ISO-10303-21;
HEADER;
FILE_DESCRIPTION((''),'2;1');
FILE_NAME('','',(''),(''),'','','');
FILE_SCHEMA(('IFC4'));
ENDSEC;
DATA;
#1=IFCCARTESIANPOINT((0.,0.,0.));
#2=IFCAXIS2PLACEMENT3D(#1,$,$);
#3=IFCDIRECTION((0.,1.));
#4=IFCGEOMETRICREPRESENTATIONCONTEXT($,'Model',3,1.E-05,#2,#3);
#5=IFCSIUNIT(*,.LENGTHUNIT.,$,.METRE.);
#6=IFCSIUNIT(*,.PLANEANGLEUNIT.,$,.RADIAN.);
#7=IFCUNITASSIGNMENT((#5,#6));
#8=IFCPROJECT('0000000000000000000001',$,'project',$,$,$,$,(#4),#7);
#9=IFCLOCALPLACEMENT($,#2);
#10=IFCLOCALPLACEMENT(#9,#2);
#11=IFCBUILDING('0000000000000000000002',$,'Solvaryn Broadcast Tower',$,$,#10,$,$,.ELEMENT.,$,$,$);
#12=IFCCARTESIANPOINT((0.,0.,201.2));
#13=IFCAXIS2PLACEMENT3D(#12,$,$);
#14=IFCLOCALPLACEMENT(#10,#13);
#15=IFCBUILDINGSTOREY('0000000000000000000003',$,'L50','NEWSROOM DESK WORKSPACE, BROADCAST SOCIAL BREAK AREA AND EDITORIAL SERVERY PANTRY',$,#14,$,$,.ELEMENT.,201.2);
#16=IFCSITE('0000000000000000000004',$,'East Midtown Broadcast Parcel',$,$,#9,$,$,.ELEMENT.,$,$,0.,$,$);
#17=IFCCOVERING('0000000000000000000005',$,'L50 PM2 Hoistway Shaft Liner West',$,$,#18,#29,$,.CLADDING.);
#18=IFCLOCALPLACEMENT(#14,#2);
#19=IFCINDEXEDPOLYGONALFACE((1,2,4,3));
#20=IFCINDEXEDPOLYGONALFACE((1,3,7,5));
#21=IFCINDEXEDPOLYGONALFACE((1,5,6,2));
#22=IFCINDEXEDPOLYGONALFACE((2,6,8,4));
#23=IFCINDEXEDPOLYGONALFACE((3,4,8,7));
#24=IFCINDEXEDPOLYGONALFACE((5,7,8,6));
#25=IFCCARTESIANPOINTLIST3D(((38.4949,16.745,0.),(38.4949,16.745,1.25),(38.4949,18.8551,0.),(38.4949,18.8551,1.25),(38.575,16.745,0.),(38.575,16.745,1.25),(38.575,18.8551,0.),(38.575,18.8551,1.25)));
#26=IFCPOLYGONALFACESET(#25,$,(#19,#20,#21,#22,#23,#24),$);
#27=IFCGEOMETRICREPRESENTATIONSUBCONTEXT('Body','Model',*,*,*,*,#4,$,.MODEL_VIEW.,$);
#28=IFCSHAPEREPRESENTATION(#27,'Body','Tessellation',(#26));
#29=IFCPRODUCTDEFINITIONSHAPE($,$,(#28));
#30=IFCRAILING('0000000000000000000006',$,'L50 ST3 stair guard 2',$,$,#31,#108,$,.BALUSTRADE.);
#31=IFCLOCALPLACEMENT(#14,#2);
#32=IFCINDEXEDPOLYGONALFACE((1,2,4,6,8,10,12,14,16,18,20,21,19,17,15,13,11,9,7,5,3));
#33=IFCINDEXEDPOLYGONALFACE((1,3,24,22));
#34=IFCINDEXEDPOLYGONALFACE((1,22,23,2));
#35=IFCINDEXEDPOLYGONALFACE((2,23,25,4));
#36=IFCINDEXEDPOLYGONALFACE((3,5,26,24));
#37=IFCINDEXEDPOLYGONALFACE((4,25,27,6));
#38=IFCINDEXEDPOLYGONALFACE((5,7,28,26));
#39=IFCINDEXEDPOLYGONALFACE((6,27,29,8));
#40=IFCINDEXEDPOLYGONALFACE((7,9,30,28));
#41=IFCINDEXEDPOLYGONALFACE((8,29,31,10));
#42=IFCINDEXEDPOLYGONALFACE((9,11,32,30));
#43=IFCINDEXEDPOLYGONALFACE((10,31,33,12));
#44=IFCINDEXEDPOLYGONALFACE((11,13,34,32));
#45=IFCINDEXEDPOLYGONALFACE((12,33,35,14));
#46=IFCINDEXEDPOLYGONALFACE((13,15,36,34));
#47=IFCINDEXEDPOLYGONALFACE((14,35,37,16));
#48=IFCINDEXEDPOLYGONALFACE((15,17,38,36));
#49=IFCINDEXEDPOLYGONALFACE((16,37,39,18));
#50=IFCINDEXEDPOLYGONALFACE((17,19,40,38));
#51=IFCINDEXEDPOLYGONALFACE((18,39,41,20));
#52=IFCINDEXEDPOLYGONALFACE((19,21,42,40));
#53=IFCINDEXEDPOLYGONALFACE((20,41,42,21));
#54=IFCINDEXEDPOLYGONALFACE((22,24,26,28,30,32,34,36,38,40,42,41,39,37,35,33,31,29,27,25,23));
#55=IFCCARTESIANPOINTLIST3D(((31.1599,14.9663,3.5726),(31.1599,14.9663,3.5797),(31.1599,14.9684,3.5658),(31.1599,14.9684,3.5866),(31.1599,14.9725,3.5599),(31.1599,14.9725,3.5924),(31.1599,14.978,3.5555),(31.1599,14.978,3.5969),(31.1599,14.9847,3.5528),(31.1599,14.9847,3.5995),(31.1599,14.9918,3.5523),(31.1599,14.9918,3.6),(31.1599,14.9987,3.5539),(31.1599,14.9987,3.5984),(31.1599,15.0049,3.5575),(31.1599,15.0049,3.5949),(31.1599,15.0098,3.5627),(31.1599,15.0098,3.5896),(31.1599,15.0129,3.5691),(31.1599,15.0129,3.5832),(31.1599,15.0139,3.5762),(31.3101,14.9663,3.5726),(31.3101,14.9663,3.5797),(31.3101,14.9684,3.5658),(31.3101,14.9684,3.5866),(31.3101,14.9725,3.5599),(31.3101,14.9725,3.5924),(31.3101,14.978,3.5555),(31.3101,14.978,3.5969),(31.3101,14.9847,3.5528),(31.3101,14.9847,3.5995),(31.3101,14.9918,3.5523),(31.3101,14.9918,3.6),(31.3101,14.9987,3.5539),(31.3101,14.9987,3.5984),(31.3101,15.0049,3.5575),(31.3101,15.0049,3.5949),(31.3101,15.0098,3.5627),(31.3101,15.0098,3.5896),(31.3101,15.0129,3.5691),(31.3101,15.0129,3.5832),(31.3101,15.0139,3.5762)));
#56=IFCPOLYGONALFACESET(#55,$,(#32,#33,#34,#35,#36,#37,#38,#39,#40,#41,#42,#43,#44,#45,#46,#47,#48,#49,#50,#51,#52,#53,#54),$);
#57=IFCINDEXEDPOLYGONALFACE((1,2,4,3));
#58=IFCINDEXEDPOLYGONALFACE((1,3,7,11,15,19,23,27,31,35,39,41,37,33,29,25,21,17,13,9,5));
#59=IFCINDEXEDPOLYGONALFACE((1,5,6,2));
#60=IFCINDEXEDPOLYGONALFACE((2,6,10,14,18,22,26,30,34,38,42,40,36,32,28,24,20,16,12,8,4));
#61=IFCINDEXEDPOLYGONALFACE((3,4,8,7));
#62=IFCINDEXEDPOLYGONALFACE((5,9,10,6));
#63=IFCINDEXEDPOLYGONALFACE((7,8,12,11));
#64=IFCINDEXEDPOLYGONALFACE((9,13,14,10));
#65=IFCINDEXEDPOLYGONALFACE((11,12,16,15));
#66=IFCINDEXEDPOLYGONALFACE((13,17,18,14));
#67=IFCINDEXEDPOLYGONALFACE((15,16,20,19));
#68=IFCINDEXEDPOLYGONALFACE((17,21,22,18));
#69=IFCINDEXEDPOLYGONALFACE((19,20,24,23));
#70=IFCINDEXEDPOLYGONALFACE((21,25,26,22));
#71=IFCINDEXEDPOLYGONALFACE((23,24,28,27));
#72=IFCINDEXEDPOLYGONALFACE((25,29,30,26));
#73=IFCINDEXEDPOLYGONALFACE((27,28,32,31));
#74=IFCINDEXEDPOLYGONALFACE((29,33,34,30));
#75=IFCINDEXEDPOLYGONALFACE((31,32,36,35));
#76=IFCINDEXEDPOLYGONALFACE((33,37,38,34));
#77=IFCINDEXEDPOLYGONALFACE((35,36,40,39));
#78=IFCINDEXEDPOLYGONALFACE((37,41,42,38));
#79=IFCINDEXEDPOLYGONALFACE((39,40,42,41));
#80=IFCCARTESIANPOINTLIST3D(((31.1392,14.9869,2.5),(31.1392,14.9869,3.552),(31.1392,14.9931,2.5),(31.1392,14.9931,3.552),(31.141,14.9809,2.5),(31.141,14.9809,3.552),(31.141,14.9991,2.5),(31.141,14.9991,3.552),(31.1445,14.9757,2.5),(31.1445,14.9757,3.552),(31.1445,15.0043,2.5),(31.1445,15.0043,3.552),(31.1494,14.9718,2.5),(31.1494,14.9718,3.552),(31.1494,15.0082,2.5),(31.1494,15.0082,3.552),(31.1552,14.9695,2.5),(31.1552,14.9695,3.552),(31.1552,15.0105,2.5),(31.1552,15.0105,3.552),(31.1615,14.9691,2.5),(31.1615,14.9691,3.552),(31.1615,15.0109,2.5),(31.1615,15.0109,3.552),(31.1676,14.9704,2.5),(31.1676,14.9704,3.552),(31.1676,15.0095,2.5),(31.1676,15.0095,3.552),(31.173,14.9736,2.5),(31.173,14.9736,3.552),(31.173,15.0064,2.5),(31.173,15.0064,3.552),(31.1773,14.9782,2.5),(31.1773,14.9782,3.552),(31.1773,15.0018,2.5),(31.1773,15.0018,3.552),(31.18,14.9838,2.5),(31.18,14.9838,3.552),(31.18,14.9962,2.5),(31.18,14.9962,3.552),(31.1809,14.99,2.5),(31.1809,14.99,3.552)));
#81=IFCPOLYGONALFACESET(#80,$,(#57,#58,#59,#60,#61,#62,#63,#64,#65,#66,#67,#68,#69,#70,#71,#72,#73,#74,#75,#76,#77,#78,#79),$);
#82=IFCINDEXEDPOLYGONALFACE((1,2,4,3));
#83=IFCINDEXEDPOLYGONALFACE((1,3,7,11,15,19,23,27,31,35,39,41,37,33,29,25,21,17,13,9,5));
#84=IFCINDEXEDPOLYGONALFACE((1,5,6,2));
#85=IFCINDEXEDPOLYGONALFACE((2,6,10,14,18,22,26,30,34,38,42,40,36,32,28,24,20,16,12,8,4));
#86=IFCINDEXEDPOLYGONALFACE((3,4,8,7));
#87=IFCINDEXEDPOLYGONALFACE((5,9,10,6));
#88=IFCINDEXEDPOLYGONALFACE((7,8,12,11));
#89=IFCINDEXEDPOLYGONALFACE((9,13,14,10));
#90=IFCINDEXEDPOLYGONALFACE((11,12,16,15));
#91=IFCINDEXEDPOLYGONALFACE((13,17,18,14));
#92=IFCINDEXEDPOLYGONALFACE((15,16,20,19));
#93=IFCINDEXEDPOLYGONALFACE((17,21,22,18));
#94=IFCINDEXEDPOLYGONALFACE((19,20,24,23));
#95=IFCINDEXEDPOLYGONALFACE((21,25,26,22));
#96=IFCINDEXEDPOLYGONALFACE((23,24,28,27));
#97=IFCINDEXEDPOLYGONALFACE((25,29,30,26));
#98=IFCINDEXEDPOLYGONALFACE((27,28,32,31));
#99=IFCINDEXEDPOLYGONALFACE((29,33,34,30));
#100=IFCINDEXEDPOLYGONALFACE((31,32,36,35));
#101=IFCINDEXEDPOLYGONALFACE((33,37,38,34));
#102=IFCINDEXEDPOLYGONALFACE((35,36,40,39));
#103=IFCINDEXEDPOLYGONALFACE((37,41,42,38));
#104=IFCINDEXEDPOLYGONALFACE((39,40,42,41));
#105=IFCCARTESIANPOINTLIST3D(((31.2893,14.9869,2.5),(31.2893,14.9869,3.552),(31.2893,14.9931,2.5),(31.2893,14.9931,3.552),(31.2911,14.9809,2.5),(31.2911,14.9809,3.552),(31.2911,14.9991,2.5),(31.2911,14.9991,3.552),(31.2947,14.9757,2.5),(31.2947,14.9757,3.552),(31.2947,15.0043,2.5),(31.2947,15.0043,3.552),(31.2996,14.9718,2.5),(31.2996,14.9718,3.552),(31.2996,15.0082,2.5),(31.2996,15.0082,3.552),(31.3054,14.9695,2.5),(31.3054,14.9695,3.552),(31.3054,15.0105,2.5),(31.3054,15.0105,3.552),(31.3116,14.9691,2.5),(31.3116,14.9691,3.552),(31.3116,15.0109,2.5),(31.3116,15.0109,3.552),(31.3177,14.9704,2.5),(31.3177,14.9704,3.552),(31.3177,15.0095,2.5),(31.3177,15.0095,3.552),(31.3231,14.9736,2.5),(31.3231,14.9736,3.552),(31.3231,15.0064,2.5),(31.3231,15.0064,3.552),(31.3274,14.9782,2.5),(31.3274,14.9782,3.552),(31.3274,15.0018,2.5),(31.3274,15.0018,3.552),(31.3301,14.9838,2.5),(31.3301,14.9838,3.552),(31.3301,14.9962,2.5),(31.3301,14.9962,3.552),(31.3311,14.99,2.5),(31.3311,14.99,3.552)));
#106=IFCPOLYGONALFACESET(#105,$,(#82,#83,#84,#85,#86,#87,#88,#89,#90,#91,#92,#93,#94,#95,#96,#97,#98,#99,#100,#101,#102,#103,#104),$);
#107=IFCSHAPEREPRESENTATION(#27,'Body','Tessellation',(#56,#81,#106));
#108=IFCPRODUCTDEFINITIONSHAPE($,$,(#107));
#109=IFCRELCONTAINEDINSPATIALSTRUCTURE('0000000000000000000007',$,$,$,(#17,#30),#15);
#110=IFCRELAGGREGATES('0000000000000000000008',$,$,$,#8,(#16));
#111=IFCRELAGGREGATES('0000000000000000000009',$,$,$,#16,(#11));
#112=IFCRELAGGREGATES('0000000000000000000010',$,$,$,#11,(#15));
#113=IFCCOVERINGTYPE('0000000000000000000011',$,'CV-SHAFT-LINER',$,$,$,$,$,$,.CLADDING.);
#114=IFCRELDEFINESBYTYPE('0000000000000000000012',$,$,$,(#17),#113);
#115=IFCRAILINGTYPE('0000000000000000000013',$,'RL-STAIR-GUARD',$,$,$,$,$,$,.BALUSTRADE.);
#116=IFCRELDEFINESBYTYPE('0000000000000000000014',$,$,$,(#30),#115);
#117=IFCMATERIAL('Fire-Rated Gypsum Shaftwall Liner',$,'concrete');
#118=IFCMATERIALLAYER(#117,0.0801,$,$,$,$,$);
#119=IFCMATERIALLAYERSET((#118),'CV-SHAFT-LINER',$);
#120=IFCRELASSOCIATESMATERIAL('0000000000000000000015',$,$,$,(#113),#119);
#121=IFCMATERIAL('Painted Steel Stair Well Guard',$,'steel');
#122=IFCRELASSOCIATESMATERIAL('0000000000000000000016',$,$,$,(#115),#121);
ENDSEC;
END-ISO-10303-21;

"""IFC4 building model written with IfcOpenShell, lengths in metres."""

from ifc_helpers import new_model, si_unit, direction, frame, origin, origin_2d, place, context, subcontext, project, spatial, rectangle, circle, extrude, material, layer, layer_set, type_object, element, save


model = new_model("IFC4")

# Units and contexts
model_context = context("Model", 3, precision=1e-05, world=origin(), true_north=direction((0.0, 1.0)))
body_context = subcontext(model_context, "Body", "Model", "MODEL_VIEW")
ifc_project = project(units=[si_unit("LENGTHUNIT", "METRE"), si_unit("PLANEANGLEUNIT", "RADIAN")], contexts=[model_context])

# Site, building, storey
site_placement = place(None, origin())
site = spatial("IfcSite", under=ifc_project, at=site_placement, Name="East Midtown Broadcast Parcel", CompositionType="ELEMENT", RefElevation=0.0)
building_placement = place(site_placement, origin())
building = spatial("IfcBuilding", under=site, at=building_placement, Name="Solvaryn Broadcast Tower", CompositionType="ELEMENT")
storey_placement = place(building_placement, frame((0.0, 0.0, 201.2)))
storey = spatial("IfcBuildingStorey", under=building, at=storey_placement, Name="L50", Description="NEWSROOM DESK WORKSPACE, BROADCAST SOCIAL BREAK AREA AND EDITORIAL SERVERY PANTRY", CompositionType="ELEMENT", Elevation=201.2)

# Covering
ifc_material_1 = material(Name="Fire-Rated Gypsum Shaftwall Liner", Category="concrete")
ifc_layer_1 = layer(ifc_material_1, 0.0801)
ifc_layer_set_1 = layer_set([ifc_layer_1], Name="CV-SHAFT-LINER")
covering_type = type_object("IfcCoveringType", Name="CV-SHAFT-LINER", PredefinedType="CLADDING", material=ifc_layer_set_1)
covering_1_placement = place(storey_placement, frame((38.5349, 17.8, 0.0), z_axis=(0.0, 0.0, 1.0), x_axis=(1.0, 0.0, 0.0)))
element("IfcCovering", 1, at=covering_1_placement, inside=storey, type_object=covering_type, Name="L50 PM2 Hoistway Shaft Liner West", PredefinedType="CLADDING", context=body_context, shape_type="SweptSolid", body=[
    extrude(rectangle(XDim=0.0801, YDim=2.1101, at=origin_2d()), origin(), (0.0, 0.0, 1.0), 1.25),
])

# Railing
ifc_material_2 = material(Name="Painted Steel Stair Well Guard", Category="steel")
railing_type_1 = type_object("IfcRailingType", Name="RL-STAIR-GUARD", PredefinedType="BALUSTRADE", material=ifc_material_2)
railing_1_placement = place(storey_placement, frame((31.1599, 14.99, 2.5)))
element("IfcRailing", 2, at=railing_1_placement, inside=storey, type_object=railing_type_1, Name="L50 ST3 stair guard 2", PredefinedType="BALUSTRADE", context=body_context, shape_type="SweptSolid", body=[
    extrude(circle(Radius=0.0239, at=origin_2d()), frame((0.0, 0.0, 1.0762), z_axis=(1.0, 0.0, 0.0), x_axis=(0.0, 1.0, 0.0)), (0.0, 0.0, 1.0), 0.1501),
    extrude(circle(Radius=0.021, at=origin_2d()), origin(), (0.0, 0.0, 1.0), 1.052),
    extrude(circle(Radius=0.021, at=origin_2d()), frame((0.1501, 0.0, 0.0)), (0.0, 0.0, 1.0), 1.052),
])

save(model, "model.ifc")
